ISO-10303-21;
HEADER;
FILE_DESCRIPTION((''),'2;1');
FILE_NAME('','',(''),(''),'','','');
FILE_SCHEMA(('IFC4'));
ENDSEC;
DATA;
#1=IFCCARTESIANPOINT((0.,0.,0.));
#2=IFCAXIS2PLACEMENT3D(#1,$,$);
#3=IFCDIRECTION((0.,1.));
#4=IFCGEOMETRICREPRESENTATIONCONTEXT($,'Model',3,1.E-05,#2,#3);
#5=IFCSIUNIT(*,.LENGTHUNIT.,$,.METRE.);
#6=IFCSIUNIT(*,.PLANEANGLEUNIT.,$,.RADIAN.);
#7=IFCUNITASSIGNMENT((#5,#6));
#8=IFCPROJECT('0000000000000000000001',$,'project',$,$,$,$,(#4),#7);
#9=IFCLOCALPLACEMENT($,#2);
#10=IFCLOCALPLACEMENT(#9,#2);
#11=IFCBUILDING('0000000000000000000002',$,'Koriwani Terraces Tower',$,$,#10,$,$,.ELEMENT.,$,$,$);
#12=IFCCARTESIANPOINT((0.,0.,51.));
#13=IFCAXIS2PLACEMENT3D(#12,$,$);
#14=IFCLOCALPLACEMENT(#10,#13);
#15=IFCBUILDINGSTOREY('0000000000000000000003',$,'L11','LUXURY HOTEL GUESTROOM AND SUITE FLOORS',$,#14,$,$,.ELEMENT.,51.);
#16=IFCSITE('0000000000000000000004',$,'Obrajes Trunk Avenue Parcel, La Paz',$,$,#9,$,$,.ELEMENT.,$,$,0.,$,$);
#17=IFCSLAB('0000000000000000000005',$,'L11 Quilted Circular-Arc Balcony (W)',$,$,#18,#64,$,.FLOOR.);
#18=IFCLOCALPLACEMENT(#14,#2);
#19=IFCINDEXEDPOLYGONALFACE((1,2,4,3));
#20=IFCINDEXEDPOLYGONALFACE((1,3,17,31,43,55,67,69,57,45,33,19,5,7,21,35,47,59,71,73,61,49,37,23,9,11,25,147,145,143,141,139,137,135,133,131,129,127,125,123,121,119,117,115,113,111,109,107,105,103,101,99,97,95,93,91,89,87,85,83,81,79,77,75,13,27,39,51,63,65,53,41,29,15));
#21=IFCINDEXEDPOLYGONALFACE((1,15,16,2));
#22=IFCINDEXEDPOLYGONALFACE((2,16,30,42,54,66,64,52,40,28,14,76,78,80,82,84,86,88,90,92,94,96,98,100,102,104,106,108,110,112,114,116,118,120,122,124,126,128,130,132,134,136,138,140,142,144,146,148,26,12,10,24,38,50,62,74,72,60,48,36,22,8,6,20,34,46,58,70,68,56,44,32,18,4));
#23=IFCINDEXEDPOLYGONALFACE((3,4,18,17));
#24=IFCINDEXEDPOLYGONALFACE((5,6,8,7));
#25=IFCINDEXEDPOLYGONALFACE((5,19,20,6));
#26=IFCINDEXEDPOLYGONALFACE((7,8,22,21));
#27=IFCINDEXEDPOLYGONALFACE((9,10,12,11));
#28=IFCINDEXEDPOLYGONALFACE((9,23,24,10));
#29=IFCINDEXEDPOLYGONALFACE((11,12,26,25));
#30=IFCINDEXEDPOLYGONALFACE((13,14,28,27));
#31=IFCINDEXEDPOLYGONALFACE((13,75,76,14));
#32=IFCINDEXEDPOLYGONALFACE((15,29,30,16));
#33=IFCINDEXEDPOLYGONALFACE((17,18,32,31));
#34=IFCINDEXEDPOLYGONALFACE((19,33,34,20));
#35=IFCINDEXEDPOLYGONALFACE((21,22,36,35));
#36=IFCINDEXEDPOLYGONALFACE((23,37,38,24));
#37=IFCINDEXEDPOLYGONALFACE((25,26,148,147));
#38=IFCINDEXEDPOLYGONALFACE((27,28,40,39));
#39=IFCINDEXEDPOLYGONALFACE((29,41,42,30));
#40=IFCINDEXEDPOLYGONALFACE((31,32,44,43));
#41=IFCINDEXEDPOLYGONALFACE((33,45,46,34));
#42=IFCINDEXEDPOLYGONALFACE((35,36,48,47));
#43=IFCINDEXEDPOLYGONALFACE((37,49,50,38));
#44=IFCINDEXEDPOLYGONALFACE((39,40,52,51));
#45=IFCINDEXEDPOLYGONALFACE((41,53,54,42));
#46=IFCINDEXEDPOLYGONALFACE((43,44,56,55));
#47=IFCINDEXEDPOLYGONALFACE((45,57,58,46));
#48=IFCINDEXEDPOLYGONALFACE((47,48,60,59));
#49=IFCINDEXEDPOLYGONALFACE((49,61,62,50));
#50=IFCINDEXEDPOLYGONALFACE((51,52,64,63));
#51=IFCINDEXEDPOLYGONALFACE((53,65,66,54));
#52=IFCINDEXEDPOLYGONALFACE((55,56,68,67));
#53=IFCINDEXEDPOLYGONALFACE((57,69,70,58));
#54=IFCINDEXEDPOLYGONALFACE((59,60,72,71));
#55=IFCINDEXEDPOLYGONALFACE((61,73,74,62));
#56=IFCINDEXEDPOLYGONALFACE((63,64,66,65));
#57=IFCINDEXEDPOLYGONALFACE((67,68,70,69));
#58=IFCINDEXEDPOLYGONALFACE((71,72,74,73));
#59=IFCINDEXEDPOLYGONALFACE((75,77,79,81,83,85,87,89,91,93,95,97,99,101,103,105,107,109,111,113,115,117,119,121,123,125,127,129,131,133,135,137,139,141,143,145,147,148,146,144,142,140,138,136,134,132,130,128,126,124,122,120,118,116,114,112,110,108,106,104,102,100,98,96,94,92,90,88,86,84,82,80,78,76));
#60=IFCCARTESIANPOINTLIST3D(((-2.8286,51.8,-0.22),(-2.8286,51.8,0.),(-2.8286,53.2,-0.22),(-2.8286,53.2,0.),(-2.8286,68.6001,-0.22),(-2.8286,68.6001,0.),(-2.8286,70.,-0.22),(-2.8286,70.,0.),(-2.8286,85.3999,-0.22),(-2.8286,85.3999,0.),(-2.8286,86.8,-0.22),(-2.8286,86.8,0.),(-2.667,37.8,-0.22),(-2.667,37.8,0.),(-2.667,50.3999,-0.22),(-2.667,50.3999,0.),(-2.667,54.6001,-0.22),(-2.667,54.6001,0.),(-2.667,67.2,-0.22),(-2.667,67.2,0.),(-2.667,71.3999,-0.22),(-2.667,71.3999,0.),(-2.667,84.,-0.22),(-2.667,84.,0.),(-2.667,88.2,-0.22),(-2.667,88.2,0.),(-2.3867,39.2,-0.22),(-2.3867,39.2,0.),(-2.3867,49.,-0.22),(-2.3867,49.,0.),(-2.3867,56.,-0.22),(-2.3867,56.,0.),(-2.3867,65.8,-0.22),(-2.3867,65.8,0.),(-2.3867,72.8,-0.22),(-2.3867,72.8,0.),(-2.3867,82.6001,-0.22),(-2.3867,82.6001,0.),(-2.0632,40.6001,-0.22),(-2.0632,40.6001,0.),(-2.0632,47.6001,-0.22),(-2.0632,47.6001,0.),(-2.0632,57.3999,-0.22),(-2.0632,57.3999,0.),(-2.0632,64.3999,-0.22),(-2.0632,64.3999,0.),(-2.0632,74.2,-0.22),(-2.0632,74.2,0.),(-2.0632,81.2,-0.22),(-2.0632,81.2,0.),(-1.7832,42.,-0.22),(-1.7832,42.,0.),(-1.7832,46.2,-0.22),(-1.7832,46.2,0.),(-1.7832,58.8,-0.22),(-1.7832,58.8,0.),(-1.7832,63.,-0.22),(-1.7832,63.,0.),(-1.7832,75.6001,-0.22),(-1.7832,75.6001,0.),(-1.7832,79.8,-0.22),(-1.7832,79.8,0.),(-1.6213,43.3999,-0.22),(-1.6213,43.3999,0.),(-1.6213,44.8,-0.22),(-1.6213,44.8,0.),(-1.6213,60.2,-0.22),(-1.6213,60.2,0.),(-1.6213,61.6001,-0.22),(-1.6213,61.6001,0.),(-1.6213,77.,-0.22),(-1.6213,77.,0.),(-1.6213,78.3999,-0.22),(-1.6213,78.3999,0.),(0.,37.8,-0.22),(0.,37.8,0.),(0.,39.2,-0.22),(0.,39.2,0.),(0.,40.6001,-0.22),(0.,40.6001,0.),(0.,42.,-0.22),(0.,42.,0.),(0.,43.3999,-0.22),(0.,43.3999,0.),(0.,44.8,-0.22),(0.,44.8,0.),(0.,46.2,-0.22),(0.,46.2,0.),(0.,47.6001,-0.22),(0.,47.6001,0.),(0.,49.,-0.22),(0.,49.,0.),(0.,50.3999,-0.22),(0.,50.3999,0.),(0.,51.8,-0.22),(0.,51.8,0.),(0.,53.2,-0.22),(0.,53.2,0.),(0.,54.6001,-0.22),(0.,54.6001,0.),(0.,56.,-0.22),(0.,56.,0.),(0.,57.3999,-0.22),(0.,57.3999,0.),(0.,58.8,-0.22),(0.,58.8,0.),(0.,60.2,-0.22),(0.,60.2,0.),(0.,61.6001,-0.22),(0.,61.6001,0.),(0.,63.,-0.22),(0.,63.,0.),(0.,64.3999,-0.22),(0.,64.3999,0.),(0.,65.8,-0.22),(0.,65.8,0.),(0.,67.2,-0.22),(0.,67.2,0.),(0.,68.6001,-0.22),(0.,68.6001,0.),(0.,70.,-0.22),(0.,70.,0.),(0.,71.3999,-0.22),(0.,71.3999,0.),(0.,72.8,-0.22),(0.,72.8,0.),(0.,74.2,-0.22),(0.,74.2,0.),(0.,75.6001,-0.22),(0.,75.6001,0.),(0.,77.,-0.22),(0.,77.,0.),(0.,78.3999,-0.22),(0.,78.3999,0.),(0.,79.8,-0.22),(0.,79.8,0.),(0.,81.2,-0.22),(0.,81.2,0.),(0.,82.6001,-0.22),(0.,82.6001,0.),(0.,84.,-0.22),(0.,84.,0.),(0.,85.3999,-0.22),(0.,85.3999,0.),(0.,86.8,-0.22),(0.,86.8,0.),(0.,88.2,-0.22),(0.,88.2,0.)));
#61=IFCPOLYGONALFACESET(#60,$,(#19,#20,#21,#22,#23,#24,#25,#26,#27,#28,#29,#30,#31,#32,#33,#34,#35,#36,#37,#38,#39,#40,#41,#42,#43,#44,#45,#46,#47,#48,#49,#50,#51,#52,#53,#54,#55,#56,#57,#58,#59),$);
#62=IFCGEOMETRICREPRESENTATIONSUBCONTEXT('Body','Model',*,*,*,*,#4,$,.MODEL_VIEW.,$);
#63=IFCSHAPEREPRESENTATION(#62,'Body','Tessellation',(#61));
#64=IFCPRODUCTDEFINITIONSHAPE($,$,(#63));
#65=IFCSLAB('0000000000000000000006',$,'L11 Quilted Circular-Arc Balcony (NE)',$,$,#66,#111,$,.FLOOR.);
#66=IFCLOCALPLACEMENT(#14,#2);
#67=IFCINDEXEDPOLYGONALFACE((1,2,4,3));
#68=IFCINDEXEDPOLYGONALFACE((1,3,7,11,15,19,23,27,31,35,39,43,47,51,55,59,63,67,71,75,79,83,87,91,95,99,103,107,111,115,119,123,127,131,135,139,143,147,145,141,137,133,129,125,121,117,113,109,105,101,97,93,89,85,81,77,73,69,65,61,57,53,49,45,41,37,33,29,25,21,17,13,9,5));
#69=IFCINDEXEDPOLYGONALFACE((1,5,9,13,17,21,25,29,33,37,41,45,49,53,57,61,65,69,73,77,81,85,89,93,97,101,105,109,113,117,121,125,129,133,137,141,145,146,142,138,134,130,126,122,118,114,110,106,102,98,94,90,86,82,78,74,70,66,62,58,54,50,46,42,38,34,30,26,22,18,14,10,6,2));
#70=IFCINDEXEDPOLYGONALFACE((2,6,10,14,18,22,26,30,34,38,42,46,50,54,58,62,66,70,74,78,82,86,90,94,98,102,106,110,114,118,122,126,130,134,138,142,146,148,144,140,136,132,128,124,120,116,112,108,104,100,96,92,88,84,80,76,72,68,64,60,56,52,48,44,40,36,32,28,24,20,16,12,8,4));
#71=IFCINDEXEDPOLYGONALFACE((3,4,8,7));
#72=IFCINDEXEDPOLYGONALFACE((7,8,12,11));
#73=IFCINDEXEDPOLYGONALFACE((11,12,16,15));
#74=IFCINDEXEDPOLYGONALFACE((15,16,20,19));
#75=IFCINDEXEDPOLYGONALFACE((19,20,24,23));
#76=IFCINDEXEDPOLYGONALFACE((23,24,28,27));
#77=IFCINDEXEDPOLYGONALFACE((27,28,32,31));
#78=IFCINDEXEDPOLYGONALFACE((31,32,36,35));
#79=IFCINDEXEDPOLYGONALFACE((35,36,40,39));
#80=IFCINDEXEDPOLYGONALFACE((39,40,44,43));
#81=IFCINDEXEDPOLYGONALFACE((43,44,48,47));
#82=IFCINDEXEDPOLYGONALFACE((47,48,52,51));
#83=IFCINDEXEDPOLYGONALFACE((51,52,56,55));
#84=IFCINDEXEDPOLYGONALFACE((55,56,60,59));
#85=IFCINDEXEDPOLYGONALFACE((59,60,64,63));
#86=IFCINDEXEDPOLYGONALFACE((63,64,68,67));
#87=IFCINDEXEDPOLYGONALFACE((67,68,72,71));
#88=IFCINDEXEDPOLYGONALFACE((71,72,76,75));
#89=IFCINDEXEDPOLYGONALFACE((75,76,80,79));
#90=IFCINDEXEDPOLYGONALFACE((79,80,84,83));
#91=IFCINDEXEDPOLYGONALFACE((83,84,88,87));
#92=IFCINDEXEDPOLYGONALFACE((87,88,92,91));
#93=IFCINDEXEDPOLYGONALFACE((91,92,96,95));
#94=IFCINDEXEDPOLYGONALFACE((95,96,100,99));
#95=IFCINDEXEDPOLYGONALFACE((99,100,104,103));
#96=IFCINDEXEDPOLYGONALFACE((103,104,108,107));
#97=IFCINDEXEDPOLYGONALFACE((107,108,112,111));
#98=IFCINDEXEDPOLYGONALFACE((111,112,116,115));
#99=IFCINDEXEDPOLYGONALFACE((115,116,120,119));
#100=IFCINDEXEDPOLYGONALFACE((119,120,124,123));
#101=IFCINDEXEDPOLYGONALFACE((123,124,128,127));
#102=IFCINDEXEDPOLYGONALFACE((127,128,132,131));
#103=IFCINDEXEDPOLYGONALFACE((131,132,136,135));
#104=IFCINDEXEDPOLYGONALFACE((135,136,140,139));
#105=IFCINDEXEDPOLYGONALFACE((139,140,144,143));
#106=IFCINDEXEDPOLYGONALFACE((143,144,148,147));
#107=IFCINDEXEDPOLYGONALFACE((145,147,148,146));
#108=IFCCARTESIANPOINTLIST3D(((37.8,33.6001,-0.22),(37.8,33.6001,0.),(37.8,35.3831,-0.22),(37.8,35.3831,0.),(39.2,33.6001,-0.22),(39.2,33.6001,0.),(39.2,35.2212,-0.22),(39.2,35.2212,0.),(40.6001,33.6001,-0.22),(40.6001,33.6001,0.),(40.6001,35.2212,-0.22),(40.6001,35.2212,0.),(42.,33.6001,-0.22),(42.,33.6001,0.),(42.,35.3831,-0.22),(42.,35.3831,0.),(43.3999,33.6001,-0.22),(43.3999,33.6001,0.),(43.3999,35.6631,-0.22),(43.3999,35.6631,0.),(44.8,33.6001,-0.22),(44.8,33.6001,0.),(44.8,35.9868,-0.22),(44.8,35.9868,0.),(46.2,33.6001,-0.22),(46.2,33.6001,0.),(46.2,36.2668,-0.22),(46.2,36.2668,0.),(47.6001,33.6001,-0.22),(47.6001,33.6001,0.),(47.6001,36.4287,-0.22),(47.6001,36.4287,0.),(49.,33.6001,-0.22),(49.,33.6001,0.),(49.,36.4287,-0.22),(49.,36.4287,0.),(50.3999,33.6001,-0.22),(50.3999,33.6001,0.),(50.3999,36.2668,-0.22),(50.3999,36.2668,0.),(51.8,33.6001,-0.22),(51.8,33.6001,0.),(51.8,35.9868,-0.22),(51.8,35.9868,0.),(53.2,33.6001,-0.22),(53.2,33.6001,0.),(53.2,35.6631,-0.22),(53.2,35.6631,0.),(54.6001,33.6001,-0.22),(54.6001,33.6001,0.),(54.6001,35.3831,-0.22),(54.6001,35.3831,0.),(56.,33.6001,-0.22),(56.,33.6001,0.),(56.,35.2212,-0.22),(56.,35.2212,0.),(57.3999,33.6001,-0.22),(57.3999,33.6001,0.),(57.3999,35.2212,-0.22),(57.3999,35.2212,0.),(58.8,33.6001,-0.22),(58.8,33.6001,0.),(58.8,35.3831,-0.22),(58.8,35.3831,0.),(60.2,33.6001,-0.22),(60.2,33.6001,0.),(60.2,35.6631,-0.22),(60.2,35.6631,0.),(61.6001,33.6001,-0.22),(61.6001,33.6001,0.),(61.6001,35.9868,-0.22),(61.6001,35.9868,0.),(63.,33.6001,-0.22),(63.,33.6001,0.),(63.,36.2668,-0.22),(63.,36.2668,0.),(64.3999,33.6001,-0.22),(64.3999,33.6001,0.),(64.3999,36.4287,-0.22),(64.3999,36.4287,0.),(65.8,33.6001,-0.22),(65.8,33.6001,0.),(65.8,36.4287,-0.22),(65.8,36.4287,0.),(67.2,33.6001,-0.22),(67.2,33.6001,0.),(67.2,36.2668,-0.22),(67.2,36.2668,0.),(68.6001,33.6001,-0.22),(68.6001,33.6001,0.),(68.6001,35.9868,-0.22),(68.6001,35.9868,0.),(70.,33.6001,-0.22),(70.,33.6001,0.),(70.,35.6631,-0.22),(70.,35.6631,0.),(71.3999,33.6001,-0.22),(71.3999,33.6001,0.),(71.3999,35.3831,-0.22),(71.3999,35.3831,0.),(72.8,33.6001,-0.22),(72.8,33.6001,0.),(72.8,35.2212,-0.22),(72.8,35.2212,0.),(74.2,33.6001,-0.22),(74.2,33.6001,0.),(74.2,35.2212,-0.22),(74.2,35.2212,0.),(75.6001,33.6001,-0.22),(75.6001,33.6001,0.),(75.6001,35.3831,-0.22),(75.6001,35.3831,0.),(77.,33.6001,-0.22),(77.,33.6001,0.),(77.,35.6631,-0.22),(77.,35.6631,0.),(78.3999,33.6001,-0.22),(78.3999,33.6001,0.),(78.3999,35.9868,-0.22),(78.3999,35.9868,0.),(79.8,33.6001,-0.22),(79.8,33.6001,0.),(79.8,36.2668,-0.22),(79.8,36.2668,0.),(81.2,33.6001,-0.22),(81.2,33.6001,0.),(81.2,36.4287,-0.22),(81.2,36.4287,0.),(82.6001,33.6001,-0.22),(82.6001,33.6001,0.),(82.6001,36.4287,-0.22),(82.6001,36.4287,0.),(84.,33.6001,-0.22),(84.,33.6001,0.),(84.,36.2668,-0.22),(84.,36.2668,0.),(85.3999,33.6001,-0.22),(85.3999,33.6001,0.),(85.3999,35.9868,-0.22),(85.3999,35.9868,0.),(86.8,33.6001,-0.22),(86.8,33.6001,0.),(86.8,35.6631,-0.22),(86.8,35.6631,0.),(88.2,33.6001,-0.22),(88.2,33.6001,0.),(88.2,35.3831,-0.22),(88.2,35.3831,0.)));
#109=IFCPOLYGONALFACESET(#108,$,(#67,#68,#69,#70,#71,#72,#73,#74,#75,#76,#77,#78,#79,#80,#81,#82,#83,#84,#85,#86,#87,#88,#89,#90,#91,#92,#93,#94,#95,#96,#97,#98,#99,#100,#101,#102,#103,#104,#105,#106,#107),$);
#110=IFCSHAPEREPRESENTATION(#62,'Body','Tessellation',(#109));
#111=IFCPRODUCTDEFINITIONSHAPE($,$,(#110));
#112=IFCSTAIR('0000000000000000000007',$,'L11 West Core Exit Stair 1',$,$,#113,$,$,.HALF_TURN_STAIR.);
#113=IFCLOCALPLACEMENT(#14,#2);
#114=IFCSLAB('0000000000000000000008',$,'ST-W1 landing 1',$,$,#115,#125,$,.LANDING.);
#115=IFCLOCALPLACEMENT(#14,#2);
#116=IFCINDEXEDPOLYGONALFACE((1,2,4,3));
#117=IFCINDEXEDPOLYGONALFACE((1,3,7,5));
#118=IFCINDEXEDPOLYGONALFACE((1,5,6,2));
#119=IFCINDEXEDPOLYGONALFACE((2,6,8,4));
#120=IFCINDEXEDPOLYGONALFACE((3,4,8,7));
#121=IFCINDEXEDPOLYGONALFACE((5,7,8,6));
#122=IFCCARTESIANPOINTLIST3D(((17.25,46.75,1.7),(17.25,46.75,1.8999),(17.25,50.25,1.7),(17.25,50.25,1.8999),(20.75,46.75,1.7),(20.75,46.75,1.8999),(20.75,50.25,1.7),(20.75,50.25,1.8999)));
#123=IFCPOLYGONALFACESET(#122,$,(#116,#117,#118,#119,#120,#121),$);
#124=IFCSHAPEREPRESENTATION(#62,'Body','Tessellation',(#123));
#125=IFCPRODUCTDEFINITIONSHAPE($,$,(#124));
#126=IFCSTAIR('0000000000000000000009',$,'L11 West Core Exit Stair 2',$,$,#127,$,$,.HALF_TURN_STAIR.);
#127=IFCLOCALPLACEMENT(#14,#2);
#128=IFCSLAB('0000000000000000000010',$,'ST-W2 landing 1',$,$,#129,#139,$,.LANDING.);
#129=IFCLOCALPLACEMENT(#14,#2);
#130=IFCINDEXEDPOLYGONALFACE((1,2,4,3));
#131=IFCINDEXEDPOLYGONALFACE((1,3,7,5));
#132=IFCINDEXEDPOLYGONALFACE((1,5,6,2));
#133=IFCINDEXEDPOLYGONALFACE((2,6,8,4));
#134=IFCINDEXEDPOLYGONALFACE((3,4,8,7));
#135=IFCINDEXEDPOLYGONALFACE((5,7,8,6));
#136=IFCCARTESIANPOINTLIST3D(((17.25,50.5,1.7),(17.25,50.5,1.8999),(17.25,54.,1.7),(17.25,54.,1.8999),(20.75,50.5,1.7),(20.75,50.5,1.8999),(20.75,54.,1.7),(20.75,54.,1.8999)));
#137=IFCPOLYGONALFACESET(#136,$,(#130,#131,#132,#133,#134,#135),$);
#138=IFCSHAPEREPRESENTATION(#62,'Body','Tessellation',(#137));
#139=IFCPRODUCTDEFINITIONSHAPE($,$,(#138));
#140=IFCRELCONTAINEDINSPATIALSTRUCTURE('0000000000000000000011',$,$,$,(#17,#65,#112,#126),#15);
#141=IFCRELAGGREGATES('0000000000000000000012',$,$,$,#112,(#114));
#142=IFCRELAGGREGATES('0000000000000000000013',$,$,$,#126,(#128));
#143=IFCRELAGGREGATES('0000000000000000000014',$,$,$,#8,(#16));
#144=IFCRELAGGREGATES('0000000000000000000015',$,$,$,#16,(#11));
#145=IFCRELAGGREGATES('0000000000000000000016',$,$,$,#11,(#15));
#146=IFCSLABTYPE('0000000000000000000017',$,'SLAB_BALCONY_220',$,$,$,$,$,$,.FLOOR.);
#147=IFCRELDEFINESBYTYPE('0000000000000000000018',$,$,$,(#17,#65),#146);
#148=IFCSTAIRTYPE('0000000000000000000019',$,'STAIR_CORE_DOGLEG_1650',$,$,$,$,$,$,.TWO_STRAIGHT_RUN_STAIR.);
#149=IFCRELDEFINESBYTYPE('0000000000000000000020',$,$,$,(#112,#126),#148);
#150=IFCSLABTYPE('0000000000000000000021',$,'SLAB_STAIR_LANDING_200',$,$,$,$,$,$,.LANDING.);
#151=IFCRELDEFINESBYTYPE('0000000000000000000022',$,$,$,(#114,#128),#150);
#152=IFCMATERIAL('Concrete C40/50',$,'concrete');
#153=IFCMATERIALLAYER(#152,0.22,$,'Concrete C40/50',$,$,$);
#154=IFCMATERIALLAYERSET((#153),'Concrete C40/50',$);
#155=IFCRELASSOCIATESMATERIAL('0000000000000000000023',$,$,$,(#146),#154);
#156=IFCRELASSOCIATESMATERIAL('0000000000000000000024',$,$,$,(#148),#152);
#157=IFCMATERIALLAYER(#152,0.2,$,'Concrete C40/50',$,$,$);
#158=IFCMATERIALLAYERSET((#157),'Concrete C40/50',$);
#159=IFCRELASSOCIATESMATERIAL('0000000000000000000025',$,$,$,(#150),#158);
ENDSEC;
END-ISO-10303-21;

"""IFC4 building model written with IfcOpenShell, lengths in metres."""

from ifc_helpers import new_model, si_unit, direction, frame, origin, place, context, subcontext, project, spatial, polyline, outline, extrude, material, layer, layer_set, type_object, element, aggregate, save


model = new_model("IFC4")

# Units and contexts
model_context = context("Model", 3, precision=1e-05, world=origin(), true_north=direction((0.0, 1.0)))
body_context = subcontext(model_context, "Body", "Model", "MODEL_VIEW")
ifc_project = project(units=[si_unit("LENGTHUNIT", "METRE"), si_unit("PLANEANGLEUNIT", "RADIAN")], contexts=[model_context])

# Site, building, storey
site_placement = place(None, origin())
site = spatial("IfcSite", under=ifc_project, at=site_placement, Name="Obrajes Trunk Avenue Parcel, La Paz", CompositionType="ELEMENT", RefElevation=0.0)
building_placement = place(site_placement, origin())
building = spatial("IfcBuilding", under=site, at=building_placement, Name="Koriwani Terraces Tower", CompositionType="ELEMENT")
storey_placement = place(building_placement, frame((0.0, 0.0, 51.0)))
storey = spatial("IfcBuildingStorey", under=building, at=storey_placement, Name="L11", Description="LUXURY HOTEL GUESTROOM AND SUITE FLOORS", CompositionType="ELEMENT", Elevation=51.0)

# Shared definitions
ifc_material_1 = material(Name="Concrete C40/50", Category="concrete")

# Slabs
ifc_layer_1 = layer(ifc_material_1, 0.22, Name="Concrete C40/50")
ifc_layer_set_1 = layer_set([ifc_layer_1], Name="Concrete C40/50")
slab_type_1 = type_object("IfcSlabType", Name="SLAB_BALCONY_220", PredefinedType="FLOOR", material=ifc_layer_set_1)
slab_1_placement = place(storey_placement, frame((0.0, 0.0, -0.22)))
element("IfcSlab", 1, at=slab_1_placement, inside=storey, type_object=slab_type_1, Name="L11 Quilted Circular-Arc Balcony (W)", PredefinedType="FLOOR", context=body_context, shape_type="SweptSolid", body=[
    extrude(outline(polyline([(0.0, 37.8), (0.0, 39.2), (0.0, 40.6001), (0.0, 42.0), (0.0, 43.3999), (0.0, 44.8), (0.0, 46.2), (0.0, 47.6001), (0.0, 49.0), (0.0, 50.3999), (0.0, 51.8), (0.0, 53.2), (0.0, 54.6001), (0.0, 56.0), (0.0, 57.3999), (0.0, 58.8), (0.0, 60.2), (0.0, 61.6001), (0.0, 63.0), (0.0, 64.3999), (0.0, 65.8), (0.0, 67.2), (0.0, 68.6001), (0.0, 70.0), (0.0, 71.3999), (0.0, 72.8), (0.0, 74.2), (0.0, 75.6001), (0.0, 77.0), (0.0, 78.3999), (0.0, 79.8), (0.0, 81.2), (0.0, 82.6001), (0.0, 84.0), (0.0, 85.3999), (0.0, 86.8), (0.0, 88.2), (-2.667, 88.2), (-2.8286, 86.8), (-2.8286, 85.3999), (-2.667, 84.0), (-2.3867, 82.6001), (-2.0632, 81.2), (-1.7832, 79.8), (-1.6213, 78.3999), (-1.6213, 77.0), (-1.7832, 75.6001), (-2.0632, 74.2), (-2.3867, 72.8), (-2.667, 71.3999), (-2.8286, 70.0), (-2.8286, 68.6001), (-2.667, 67.2), (-2.3867, 65.8), (-2.0632, 64.3999), (-1.7832, 63.0), (-1.6213, 61.6001), (-1.6213, 60.2), (-1.7832, 58.8), (-2.0632, 57.3999), (-2.3867, 56.0), (-2.667, 54.6001), (-2.8286, 53.2), (-2.8286, 51.8), (-2.667, 50.3999), (-2.3867, 49.0), (-2.0632, 47.6001), (-1.7832, 46.2), (-1.6213, 44.8), (-1.6213, 43.3999), (-1.7832, 42.0), (-2.0632, 40.6001), (-2.3867, 39.2), (-2.667, 37.8), (0.0, 37.8)])), origin(), (0.0, 0.0, 1.0), 0.22),
])
slab_2_placement = place(storey_placement, frame((0.0, 0.0, -0.22)))
element("IfcSlab", 2, at=slab_2_placement, inside=storey, type_object=slab_type_1, Name="L11 Quilted Circular-Arc Balcony (NE)", PredefinedType="FLOOR", context=body_context, shape_type="SweptSolid", body=[
    extrude(outline(polyline([(88.2, 33.6001), (86.8, 33.6001), (85.3999, 33.6001), (84.0, 33.6001), (82.6001, 33.6001), (81.2, 33.6001), (79.8, 33.6001), (78.3999, 33.6001), (77.0, 33.6001), (75.6001, 33.6001), (74.2, 33.6001), (72.8, 33.6001), (71.3999, 33.6001), (70.0, 33.6001), (68.6001, 33.6001), (67.2, 33.6001), (65.8, 33.6001), (64.3999, 33.6001), (63.0, 33.6001), (61.6001, 33.6001), (60.2, 33.6001), (58.8, 33.6001), (57.3999, 33.6001), (56.0, 33.6001), (54.6001, 33.6001), (53.2, 33.6001), (51.8, 33.6001), (50.3999, 33.6001), (49.0, 33.6001), (47.6001, 33.6001), (46.2, 33.6001), (44.8, 33.6001), (43.3999, 33.6001), (42.0, 33.6001), (40.6001, 33.6001), (39.2, 33.6001), (37.8, 33.6001), (37.8, 35.3831), (39.2, 35.2212), (40.6001, 35.2212), (42.0, 35.3831), (43.3999, 35.6631), (44.8, 35.9868), (46.2, 36.2668), (47.6001, 36.4287), (49.0, 36.4287), (50.3999, 36.2668), (51.8, 35.9868), (53.2, 35.6631), (54.6001, 35.3831), (56.0, 35.2212), (57.3999, 35.2212), (58.8, 35.3831), (60.2, 35.6631), (61.6001, 35.9868), (63.0, 36.2668), (64.3999, 36.4287), (65.8, 36.4287), (67.2, 36.2668), (68.6001, 35.9868), (70.0, 35.6631), (71.3999, 35.3831), (72.8, 35.2212), (74.2, 35.2212), (75.6001, 35.3831), (77.0, 35.6631), (78.3999, 35.9868), (79.8, 36.2668), (81.2, 36.4287), (82.6001, 36.4287), (84.0, 36.2668), (85.3999, 35.9868), (86.8, 35.6631), (88.2, 35.3831), (88.2, 33.6001)])), origin(), (0.0, 0.0, 1.0), 0.22),
])

# Stairs, slabs
stair_type = type_object("IfcStairType", Name="STAIR_CORE_DOGLEG_1650", PredefinedType="TWO_STRAIGHT_RUN_STAIR", material=ifc_material_1)
stair_1_placement = place(storey_placement, origin())
stair_1 = element("IfcStair", 3, at=stair_1_placement, inside=storey, type_object=stair_type, Name="L11 West Core Exit Stair 1", PredefinedType="HALF_TURN_STAIR")
ifc_layer_2 = layer(ifc_material_1, 0.2, Name="Concrete C40/50")
ifc_layer_set_2 = layer_set([ifc_layer_2], Name="Concrete C40/50")
slab_type_2 = type_object("IfcSlabType", Name="SLAB_STAIR_LANDING_200", PredefinedType="LANDING", material=ifc_layer_set_2)
slab_3_placement = place(storey_placement, frame((0.0, 0.0, 1.7)))
slab_3 = element("IfcSlab", 4, at=slab_3_placement, type_object=slab_type_2, Name="ST-W1 landing 1", PredefinedType="LANDING", context=body_context, shape_type="SweptSolid", body=[
    extrude(outline(polyline([(20.75, 46.75), (20.75, 50.25), (17.25, 50.25), (17.25, 46.75), (20.75, 46.75)])), origin(), (0.0, 0.0, 1.0), 0.2),
])
aggregate(stair_1, [slab_3])
stair_2_placement = place(storey_placement, origin())
stair_2 = element("IfcStair", 5, at=stair_2_placement, inside=storey, type_object=stair_type, Name="L11 West Core Exit Stair 2", PredefinedType="HALF_TURN_STAIR")
slab_4_placement = place(storey_placement, frame((0.0, 0.0, 1.7)))
slab_4 = element("IfcSlab", 6, at=slab_4_placement, type_object=slab_type_2, Name="ST-W2 landing 1", PredefinedType="LANDING", context=body_context, shape_type="SweptSolid", body=[
    extrude(outline(polyline([(17.25, 54.0), (17.25, 50.5), (20.75, 50.5), (20.75, 54.0), (17.25, 54.0)])), origin(), (0.0, 0.0, 1.0), 0.2),
])
aggregate(stair_2, [slab_4])

save(model, "model.ifc")
